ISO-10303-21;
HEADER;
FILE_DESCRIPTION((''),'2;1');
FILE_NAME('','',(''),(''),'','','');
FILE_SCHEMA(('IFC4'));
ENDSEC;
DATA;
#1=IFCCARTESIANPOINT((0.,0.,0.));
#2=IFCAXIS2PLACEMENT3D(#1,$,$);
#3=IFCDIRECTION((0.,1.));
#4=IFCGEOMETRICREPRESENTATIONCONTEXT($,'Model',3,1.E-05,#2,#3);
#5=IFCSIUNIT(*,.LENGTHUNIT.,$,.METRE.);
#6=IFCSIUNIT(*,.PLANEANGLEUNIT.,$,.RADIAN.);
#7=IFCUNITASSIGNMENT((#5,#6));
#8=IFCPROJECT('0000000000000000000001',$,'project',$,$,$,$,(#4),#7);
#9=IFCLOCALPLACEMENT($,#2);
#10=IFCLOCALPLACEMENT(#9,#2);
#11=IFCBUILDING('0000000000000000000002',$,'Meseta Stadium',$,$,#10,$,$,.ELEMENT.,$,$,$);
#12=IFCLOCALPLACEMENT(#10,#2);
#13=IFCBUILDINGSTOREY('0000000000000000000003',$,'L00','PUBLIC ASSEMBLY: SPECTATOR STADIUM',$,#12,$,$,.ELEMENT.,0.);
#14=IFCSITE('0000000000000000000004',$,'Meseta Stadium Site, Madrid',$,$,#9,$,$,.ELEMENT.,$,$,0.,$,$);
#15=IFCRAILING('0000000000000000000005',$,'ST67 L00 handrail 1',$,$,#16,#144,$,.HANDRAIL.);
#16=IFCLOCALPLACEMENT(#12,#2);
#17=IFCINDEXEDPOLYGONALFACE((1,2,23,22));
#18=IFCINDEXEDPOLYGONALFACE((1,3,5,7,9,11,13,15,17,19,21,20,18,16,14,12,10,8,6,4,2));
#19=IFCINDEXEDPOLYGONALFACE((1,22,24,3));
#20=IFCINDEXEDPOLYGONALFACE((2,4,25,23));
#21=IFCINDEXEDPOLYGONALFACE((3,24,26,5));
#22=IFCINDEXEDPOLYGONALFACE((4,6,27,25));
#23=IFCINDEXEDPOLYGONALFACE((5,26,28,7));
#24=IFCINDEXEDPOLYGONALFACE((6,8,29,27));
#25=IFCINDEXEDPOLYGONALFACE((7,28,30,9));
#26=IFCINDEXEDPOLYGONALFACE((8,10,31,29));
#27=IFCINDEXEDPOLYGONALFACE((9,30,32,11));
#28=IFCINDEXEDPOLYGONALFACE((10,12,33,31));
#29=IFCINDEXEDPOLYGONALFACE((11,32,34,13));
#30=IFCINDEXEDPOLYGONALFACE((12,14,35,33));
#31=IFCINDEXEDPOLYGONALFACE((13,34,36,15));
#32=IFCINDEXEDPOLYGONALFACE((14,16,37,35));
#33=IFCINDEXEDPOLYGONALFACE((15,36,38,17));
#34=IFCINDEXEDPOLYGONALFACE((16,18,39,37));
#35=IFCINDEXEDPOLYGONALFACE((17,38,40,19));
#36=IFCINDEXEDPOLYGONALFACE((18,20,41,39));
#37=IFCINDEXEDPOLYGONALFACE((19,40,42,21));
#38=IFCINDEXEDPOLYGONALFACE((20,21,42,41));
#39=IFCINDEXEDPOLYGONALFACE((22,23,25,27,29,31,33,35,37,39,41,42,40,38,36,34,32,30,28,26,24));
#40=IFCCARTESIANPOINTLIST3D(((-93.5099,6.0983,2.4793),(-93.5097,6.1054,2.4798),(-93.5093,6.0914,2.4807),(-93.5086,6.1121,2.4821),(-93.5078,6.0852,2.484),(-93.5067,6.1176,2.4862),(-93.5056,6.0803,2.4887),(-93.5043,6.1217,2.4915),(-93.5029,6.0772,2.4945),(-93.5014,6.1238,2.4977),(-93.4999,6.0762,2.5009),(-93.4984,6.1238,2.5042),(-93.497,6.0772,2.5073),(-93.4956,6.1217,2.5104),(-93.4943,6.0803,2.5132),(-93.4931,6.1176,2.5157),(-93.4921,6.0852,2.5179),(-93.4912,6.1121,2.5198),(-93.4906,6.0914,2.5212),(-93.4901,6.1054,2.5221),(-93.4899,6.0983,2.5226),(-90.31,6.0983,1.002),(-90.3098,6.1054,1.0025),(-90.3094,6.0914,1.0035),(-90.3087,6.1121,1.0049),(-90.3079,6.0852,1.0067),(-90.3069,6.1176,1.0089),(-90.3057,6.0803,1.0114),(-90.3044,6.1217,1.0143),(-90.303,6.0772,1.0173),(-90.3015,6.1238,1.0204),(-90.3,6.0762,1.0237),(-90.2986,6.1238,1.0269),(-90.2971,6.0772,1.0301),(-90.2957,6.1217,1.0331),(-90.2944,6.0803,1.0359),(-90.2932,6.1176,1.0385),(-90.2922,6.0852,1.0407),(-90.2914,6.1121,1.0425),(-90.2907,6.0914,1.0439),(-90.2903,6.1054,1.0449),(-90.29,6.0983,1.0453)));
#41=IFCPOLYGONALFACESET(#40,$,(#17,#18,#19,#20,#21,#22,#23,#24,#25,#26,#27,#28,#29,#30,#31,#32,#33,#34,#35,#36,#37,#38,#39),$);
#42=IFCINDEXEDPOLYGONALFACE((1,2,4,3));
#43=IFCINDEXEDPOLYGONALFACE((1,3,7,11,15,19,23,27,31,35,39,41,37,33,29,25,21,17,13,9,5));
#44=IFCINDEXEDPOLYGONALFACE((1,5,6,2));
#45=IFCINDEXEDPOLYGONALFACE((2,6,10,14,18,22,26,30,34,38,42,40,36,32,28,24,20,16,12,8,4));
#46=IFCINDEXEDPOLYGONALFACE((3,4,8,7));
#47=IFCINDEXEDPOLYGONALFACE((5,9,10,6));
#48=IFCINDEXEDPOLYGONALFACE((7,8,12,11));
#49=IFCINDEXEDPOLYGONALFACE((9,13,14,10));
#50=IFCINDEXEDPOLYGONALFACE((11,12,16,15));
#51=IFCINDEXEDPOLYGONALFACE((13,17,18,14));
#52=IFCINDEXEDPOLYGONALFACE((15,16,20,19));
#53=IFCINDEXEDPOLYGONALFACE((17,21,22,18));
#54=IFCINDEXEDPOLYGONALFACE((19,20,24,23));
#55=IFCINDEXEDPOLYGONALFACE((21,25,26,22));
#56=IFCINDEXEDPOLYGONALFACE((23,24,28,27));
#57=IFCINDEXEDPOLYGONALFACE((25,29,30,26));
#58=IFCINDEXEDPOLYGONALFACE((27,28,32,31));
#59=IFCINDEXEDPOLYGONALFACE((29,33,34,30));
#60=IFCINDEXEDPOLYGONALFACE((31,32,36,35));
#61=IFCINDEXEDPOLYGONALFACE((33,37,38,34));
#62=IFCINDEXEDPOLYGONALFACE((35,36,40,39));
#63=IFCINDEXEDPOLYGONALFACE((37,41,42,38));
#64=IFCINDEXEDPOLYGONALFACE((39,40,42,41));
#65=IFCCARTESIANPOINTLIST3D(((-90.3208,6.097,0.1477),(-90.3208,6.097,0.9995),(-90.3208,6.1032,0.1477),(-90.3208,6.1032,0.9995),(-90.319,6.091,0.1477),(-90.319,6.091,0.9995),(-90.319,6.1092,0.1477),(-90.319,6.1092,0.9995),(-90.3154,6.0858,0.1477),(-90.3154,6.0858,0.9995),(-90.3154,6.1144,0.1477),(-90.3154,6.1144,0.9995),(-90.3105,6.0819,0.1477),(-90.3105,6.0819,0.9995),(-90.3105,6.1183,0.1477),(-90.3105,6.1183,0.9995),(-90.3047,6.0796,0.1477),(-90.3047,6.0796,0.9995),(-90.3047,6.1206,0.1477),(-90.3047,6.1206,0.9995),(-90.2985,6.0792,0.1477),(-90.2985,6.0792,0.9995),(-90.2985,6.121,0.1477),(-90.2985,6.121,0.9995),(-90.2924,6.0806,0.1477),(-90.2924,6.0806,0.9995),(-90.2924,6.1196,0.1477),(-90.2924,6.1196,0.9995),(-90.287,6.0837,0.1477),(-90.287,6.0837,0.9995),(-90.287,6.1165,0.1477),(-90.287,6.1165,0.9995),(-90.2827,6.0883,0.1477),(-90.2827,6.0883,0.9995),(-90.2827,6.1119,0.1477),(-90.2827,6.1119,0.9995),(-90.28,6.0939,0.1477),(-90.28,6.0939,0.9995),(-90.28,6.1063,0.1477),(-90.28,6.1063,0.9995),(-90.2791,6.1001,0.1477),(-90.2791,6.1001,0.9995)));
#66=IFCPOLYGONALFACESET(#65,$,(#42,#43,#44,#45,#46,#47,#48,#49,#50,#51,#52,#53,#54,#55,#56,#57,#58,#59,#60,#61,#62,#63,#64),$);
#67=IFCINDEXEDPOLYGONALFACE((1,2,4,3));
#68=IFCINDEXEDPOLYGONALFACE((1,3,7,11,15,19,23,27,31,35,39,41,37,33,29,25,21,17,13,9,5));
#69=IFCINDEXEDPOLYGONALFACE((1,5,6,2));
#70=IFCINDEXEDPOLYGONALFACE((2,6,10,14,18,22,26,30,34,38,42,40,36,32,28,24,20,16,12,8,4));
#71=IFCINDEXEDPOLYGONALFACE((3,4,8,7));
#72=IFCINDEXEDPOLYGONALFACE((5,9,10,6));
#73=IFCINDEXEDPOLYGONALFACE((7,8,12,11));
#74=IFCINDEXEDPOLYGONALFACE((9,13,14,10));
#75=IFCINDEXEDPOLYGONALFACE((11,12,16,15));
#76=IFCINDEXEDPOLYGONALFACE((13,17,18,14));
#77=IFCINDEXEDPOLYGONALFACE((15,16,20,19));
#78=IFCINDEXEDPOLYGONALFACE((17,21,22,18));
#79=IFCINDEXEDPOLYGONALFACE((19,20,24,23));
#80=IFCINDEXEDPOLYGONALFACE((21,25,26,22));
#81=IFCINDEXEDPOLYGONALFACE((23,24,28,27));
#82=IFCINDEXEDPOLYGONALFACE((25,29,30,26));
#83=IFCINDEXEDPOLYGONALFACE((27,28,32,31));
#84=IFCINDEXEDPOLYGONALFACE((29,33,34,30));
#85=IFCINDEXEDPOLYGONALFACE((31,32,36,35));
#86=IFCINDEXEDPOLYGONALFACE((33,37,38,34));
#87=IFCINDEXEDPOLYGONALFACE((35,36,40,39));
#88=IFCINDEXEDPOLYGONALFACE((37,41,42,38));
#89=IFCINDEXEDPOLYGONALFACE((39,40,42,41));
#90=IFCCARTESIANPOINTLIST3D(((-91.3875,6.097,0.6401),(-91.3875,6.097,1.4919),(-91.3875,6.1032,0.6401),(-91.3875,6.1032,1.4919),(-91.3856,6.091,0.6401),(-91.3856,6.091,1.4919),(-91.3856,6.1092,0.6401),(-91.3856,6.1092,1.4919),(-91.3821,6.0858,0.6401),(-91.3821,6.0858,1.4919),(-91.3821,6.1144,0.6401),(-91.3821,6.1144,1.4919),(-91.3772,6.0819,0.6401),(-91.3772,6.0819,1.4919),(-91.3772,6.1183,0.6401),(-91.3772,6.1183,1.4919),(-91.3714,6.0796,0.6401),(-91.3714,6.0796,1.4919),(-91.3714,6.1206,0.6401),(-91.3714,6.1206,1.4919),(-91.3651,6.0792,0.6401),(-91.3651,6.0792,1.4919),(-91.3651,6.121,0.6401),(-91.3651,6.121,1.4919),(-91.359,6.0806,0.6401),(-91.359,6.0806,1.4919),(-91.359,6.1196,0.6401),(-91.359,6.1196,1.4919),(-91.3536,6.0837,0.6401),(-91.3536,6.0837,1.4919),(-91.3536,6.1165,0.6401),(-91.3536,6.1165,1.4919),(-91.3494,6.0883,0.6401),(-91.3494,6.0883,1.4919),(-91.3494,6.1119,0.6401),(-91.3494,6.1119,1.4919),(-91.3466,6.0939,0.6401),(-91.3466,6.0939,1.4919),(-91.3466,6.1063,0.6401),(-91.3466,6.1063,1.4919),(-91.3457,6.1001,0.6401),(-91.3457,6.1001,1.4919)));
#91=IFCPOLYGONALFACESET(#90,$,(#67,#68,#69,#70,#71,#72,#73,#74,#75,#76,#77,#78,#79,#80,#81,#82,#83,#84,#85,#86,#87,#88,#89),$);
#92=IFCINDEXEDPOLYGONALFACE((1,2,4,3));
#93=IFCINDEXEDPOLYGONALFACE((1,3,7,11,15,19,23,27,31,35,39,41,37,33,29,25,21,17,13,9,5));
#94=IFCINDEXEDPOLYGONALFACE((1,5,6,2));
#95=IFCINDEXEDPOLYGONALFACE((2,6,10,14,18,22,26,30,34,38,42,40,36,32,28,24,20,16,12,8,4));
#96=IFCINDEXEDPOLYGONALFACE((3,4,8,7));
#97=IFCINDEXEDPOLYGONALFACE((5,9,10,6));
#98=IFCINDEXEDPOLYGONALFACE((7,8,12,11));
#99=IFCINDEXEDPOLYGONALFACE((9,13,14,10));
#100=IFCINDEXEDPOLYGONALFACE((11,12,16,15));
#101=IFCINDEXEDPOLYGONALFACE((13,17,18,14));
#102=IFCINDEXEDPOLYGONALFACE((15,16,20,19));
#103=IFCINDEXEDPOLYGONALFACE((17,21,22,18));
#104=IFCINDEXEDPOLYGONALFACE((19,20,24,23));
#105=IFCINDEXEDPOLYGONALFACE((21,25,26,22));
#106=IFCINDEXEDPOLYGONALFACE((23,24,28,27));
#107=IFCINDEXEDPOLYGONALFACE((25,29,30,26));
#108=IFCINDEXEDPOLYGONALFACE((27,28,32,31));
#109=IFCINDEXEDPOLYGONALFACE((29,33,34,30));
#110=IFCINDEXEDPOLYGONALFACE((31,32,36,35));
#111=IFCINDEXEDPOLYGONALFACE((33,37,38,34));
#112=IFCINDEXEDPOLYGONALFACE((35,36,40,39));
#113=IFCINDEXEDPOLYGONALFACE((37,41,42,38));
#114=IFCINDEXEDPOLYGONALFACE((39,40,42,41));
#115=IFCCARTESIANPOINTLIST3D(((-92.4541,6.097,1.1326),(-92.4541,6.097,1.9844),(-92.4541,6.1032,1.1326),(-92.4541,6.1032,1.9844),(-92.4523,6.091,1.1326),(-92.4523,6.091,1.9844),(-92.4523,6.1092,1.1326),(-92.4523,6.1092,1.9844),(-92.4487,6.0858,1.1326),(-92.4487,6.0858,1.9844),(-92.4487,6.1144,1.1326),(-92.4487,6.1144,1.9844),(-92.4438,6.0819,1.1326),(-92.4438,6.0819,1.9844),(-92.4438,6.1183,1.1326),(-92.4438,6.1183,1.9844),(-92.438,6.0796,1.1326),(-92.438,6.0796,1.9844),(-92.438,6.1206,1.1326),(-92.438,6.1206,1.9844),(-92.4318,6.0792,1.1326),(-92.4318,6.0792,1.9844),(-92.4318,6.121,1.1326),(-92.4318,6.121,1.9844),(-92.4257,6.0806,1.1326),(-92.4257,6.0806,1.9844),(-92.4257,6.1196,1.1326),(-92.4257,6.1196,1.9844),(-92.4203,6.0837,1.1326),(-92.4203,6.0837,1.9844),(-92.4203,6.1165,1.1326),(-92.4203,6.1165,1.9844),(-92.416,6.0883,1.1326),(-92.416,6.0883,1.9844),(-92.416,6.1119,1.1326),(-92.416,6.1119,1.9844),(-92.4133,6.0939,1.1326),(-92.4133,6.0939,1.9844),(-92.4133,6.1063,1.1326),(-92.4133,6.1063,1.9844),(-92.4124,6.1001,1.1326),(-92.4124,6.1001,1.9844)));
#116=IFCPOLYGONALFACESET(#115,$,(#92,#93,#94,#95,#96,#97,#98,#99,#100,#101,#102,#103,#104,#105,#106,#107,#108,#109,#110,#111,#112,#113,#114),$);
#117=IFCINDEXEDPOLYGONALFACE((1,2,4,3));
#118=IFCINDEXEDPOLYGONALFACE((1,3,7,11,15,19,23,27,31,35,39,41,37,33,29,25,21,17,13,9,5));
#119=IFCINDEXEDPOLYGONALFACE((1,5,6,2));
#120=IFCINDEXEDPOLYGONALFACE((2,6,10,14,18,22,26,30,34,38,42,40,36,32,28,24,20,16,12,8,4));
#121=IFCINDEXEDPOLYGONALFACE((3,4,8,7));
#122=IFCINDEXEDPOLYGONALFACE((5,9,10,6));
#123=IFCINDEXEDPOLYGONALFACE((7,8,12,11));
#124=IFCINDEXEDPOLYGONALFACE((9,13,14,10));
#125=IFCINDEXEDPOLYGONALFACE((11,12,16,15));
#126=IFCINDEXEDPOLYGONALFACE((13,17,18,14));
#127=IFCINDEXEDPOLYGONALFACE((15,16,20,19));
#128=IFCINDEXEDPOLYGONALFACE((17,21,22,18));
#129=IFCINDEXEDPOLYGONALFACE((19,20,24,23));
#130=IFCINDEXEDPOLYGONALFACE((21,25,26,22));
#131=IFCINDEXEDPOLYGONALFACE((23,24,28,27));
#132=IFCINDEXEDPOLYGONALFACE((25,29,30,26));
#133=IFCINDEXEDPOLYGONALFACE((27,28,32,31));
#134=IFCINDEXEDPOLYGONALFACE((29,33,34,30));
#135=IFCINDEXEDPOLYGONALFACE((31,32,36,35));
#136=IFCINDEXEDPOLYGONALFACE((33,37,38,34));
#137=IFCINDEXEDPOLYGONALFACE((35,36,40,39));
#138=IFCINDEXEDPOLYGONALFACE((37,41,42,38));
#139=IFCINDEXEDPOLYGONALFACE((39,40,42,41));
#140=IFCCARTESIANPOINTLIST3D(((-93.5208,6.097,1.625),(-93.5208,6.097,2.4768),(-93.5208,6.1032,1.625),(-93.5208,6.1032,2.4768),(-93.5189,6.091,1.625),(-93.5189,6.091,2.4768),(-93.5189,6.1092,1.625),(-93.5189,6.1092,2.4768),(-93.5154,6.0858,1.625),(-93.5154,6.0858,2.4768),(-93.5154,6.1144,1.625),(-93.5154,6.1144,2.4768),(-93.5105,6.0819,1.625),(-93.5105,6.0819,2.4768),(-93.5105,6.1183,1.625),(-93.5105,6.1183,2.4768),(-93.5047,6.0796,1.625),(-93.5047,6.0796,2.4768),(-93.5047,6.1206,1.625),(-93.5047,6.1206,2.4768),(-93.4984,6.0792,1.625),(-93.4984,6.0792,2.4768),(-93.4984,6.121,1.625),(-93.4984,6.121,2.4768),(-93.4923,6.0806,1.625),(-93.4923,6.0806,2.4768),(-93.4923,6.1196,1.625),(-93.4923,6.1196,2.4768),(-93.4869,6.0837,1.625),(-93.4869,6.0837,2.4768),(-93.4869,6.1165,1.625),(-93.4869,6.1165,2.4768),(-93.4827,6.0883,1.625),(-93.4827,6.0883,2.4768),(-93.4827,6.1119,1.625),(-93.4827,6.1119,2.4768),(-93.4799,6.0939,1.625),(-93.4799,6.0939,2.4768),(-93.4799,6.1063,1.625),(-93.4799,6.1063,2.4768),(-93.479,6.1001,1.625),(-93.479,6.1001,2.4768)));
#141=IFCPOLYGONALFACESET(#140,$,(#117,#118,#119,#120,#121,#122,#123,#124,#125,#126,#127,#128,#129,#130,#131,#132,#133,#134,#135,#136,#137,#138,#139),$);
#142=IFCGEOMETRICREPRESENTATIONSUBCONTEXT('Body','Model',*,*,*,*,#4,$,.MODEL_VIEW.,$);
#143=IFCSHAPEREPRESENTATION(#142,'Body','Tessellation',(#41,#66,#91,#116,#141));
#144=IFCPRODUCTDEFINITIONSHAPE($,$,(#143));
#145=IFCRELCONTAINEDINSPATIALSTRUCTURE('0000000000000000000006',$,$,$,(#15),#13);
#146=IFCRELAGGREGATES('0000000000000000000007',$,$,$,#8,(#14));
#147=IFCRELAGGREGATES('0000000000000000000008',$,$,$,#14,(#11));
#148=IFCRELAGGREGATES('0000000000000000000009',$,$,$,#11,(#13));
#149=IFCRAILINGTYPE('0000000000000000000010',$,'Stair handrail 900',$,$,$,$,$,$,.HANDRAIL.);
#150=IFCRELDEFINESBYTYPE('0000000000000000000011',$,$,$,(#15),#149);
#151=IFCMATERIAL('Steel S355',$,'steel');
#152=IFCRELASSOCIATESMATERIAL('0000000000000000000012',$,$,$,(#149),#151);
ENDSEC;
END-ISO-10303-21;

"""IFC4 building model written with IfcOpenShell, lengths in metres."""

from ifc_helpers import new_model, si_unit, direction, frame, origin, origin_2d, place, context, subcontext, project, spatial, circle, extrude, material, type_object, element, save


model = new_model("IFC4")

# Units and contexts
model_context = context("Model", 3, precision=1e-05, world=origin(), true_north=direction((0.0, 1.0)))
body_context = subcontext(model_context, "Body", "Model", "MODEL_VIEW")
ifc_project = project(units=[si_unit("LENGTHUNIT", "METRE"), si_unit("PLANEANGLEUNIT", "RADIAN")], contexts=[model_context])

# Site, building, storey
site_placement = place(None, origin())
site = spatial("IfcSite", under=ifc_project, at=site_placement, Name="Meseta Stadium Site, Madrid", CompositionType="ELEMENT", RefElevation=0.0)
building_placement = place(site_placement, origin())
building = spatial("IfcBuilding", under=site, at=building_placement, Name="Meseta Stadium", CompositionType="ELEMENT")
storey_placement = place(building_placement, origin())
storey = spatial("IfcBuildingStorey", under=building, at=storey_placement, Name="L00", Description="PUBLIC ASSEMBLY: SPECTATOR STADIUM", CompositionType="ELEMENT", Elevation=0.0)

# Railing
ifc_material_1 = material(Name="Steel S355", Category="steel")
railing_type_1 = type_object("IfcRailingType", Name="Stair handrail 900", PredefinedType="HANDRAIL", material=ifc_material_1)
for number, where, name in (
    (1, (-90.3, 6.1001, 0.1477), "ST67 L00 handrail 1"),
):
    element("IfcRailing", number, at=place(storey_placement, frame(where)), inside=storey, type_object=railing_type_1, Name=name, PredefinedType="HANDRAIL", context=body_context, shape_type="SweptSolid", body=[
        extrude(circle(Radius=0.0239, at=origin_2d()), frame((0.0, 0.0, 0.876), z_axis=(-0.907917, 0.0, 0.41915), x_axis=(0.0, -1.0, 0.0)), (0.0, 0.0, 1.0), 3.5244),
        extrude(circle(Radius=0.021, at=origin_2d()), origin(), (0.0, 0.0, 1.0), 0.8518),
        extrude(circle(Radius=0.021, at=origin_2d()), frame((-1.0667, 0.0, 0.4924)), (0.0, 0.0, 1.0), 0.8518),
        extrude(circle(Radius=0.021, at=origin_2d()), frame((-2.1333, 0.0, 0.9849)), (0.0, 0.0, 1.0), 0.8518),
        extrude(circle(Radius=0.021, at=origin_2d()), frame((-3.2, 0.0, 1.4773)), (0.0, 0.0, 1.0), 0.8518),
    ])

save(model, "model.ifc")
